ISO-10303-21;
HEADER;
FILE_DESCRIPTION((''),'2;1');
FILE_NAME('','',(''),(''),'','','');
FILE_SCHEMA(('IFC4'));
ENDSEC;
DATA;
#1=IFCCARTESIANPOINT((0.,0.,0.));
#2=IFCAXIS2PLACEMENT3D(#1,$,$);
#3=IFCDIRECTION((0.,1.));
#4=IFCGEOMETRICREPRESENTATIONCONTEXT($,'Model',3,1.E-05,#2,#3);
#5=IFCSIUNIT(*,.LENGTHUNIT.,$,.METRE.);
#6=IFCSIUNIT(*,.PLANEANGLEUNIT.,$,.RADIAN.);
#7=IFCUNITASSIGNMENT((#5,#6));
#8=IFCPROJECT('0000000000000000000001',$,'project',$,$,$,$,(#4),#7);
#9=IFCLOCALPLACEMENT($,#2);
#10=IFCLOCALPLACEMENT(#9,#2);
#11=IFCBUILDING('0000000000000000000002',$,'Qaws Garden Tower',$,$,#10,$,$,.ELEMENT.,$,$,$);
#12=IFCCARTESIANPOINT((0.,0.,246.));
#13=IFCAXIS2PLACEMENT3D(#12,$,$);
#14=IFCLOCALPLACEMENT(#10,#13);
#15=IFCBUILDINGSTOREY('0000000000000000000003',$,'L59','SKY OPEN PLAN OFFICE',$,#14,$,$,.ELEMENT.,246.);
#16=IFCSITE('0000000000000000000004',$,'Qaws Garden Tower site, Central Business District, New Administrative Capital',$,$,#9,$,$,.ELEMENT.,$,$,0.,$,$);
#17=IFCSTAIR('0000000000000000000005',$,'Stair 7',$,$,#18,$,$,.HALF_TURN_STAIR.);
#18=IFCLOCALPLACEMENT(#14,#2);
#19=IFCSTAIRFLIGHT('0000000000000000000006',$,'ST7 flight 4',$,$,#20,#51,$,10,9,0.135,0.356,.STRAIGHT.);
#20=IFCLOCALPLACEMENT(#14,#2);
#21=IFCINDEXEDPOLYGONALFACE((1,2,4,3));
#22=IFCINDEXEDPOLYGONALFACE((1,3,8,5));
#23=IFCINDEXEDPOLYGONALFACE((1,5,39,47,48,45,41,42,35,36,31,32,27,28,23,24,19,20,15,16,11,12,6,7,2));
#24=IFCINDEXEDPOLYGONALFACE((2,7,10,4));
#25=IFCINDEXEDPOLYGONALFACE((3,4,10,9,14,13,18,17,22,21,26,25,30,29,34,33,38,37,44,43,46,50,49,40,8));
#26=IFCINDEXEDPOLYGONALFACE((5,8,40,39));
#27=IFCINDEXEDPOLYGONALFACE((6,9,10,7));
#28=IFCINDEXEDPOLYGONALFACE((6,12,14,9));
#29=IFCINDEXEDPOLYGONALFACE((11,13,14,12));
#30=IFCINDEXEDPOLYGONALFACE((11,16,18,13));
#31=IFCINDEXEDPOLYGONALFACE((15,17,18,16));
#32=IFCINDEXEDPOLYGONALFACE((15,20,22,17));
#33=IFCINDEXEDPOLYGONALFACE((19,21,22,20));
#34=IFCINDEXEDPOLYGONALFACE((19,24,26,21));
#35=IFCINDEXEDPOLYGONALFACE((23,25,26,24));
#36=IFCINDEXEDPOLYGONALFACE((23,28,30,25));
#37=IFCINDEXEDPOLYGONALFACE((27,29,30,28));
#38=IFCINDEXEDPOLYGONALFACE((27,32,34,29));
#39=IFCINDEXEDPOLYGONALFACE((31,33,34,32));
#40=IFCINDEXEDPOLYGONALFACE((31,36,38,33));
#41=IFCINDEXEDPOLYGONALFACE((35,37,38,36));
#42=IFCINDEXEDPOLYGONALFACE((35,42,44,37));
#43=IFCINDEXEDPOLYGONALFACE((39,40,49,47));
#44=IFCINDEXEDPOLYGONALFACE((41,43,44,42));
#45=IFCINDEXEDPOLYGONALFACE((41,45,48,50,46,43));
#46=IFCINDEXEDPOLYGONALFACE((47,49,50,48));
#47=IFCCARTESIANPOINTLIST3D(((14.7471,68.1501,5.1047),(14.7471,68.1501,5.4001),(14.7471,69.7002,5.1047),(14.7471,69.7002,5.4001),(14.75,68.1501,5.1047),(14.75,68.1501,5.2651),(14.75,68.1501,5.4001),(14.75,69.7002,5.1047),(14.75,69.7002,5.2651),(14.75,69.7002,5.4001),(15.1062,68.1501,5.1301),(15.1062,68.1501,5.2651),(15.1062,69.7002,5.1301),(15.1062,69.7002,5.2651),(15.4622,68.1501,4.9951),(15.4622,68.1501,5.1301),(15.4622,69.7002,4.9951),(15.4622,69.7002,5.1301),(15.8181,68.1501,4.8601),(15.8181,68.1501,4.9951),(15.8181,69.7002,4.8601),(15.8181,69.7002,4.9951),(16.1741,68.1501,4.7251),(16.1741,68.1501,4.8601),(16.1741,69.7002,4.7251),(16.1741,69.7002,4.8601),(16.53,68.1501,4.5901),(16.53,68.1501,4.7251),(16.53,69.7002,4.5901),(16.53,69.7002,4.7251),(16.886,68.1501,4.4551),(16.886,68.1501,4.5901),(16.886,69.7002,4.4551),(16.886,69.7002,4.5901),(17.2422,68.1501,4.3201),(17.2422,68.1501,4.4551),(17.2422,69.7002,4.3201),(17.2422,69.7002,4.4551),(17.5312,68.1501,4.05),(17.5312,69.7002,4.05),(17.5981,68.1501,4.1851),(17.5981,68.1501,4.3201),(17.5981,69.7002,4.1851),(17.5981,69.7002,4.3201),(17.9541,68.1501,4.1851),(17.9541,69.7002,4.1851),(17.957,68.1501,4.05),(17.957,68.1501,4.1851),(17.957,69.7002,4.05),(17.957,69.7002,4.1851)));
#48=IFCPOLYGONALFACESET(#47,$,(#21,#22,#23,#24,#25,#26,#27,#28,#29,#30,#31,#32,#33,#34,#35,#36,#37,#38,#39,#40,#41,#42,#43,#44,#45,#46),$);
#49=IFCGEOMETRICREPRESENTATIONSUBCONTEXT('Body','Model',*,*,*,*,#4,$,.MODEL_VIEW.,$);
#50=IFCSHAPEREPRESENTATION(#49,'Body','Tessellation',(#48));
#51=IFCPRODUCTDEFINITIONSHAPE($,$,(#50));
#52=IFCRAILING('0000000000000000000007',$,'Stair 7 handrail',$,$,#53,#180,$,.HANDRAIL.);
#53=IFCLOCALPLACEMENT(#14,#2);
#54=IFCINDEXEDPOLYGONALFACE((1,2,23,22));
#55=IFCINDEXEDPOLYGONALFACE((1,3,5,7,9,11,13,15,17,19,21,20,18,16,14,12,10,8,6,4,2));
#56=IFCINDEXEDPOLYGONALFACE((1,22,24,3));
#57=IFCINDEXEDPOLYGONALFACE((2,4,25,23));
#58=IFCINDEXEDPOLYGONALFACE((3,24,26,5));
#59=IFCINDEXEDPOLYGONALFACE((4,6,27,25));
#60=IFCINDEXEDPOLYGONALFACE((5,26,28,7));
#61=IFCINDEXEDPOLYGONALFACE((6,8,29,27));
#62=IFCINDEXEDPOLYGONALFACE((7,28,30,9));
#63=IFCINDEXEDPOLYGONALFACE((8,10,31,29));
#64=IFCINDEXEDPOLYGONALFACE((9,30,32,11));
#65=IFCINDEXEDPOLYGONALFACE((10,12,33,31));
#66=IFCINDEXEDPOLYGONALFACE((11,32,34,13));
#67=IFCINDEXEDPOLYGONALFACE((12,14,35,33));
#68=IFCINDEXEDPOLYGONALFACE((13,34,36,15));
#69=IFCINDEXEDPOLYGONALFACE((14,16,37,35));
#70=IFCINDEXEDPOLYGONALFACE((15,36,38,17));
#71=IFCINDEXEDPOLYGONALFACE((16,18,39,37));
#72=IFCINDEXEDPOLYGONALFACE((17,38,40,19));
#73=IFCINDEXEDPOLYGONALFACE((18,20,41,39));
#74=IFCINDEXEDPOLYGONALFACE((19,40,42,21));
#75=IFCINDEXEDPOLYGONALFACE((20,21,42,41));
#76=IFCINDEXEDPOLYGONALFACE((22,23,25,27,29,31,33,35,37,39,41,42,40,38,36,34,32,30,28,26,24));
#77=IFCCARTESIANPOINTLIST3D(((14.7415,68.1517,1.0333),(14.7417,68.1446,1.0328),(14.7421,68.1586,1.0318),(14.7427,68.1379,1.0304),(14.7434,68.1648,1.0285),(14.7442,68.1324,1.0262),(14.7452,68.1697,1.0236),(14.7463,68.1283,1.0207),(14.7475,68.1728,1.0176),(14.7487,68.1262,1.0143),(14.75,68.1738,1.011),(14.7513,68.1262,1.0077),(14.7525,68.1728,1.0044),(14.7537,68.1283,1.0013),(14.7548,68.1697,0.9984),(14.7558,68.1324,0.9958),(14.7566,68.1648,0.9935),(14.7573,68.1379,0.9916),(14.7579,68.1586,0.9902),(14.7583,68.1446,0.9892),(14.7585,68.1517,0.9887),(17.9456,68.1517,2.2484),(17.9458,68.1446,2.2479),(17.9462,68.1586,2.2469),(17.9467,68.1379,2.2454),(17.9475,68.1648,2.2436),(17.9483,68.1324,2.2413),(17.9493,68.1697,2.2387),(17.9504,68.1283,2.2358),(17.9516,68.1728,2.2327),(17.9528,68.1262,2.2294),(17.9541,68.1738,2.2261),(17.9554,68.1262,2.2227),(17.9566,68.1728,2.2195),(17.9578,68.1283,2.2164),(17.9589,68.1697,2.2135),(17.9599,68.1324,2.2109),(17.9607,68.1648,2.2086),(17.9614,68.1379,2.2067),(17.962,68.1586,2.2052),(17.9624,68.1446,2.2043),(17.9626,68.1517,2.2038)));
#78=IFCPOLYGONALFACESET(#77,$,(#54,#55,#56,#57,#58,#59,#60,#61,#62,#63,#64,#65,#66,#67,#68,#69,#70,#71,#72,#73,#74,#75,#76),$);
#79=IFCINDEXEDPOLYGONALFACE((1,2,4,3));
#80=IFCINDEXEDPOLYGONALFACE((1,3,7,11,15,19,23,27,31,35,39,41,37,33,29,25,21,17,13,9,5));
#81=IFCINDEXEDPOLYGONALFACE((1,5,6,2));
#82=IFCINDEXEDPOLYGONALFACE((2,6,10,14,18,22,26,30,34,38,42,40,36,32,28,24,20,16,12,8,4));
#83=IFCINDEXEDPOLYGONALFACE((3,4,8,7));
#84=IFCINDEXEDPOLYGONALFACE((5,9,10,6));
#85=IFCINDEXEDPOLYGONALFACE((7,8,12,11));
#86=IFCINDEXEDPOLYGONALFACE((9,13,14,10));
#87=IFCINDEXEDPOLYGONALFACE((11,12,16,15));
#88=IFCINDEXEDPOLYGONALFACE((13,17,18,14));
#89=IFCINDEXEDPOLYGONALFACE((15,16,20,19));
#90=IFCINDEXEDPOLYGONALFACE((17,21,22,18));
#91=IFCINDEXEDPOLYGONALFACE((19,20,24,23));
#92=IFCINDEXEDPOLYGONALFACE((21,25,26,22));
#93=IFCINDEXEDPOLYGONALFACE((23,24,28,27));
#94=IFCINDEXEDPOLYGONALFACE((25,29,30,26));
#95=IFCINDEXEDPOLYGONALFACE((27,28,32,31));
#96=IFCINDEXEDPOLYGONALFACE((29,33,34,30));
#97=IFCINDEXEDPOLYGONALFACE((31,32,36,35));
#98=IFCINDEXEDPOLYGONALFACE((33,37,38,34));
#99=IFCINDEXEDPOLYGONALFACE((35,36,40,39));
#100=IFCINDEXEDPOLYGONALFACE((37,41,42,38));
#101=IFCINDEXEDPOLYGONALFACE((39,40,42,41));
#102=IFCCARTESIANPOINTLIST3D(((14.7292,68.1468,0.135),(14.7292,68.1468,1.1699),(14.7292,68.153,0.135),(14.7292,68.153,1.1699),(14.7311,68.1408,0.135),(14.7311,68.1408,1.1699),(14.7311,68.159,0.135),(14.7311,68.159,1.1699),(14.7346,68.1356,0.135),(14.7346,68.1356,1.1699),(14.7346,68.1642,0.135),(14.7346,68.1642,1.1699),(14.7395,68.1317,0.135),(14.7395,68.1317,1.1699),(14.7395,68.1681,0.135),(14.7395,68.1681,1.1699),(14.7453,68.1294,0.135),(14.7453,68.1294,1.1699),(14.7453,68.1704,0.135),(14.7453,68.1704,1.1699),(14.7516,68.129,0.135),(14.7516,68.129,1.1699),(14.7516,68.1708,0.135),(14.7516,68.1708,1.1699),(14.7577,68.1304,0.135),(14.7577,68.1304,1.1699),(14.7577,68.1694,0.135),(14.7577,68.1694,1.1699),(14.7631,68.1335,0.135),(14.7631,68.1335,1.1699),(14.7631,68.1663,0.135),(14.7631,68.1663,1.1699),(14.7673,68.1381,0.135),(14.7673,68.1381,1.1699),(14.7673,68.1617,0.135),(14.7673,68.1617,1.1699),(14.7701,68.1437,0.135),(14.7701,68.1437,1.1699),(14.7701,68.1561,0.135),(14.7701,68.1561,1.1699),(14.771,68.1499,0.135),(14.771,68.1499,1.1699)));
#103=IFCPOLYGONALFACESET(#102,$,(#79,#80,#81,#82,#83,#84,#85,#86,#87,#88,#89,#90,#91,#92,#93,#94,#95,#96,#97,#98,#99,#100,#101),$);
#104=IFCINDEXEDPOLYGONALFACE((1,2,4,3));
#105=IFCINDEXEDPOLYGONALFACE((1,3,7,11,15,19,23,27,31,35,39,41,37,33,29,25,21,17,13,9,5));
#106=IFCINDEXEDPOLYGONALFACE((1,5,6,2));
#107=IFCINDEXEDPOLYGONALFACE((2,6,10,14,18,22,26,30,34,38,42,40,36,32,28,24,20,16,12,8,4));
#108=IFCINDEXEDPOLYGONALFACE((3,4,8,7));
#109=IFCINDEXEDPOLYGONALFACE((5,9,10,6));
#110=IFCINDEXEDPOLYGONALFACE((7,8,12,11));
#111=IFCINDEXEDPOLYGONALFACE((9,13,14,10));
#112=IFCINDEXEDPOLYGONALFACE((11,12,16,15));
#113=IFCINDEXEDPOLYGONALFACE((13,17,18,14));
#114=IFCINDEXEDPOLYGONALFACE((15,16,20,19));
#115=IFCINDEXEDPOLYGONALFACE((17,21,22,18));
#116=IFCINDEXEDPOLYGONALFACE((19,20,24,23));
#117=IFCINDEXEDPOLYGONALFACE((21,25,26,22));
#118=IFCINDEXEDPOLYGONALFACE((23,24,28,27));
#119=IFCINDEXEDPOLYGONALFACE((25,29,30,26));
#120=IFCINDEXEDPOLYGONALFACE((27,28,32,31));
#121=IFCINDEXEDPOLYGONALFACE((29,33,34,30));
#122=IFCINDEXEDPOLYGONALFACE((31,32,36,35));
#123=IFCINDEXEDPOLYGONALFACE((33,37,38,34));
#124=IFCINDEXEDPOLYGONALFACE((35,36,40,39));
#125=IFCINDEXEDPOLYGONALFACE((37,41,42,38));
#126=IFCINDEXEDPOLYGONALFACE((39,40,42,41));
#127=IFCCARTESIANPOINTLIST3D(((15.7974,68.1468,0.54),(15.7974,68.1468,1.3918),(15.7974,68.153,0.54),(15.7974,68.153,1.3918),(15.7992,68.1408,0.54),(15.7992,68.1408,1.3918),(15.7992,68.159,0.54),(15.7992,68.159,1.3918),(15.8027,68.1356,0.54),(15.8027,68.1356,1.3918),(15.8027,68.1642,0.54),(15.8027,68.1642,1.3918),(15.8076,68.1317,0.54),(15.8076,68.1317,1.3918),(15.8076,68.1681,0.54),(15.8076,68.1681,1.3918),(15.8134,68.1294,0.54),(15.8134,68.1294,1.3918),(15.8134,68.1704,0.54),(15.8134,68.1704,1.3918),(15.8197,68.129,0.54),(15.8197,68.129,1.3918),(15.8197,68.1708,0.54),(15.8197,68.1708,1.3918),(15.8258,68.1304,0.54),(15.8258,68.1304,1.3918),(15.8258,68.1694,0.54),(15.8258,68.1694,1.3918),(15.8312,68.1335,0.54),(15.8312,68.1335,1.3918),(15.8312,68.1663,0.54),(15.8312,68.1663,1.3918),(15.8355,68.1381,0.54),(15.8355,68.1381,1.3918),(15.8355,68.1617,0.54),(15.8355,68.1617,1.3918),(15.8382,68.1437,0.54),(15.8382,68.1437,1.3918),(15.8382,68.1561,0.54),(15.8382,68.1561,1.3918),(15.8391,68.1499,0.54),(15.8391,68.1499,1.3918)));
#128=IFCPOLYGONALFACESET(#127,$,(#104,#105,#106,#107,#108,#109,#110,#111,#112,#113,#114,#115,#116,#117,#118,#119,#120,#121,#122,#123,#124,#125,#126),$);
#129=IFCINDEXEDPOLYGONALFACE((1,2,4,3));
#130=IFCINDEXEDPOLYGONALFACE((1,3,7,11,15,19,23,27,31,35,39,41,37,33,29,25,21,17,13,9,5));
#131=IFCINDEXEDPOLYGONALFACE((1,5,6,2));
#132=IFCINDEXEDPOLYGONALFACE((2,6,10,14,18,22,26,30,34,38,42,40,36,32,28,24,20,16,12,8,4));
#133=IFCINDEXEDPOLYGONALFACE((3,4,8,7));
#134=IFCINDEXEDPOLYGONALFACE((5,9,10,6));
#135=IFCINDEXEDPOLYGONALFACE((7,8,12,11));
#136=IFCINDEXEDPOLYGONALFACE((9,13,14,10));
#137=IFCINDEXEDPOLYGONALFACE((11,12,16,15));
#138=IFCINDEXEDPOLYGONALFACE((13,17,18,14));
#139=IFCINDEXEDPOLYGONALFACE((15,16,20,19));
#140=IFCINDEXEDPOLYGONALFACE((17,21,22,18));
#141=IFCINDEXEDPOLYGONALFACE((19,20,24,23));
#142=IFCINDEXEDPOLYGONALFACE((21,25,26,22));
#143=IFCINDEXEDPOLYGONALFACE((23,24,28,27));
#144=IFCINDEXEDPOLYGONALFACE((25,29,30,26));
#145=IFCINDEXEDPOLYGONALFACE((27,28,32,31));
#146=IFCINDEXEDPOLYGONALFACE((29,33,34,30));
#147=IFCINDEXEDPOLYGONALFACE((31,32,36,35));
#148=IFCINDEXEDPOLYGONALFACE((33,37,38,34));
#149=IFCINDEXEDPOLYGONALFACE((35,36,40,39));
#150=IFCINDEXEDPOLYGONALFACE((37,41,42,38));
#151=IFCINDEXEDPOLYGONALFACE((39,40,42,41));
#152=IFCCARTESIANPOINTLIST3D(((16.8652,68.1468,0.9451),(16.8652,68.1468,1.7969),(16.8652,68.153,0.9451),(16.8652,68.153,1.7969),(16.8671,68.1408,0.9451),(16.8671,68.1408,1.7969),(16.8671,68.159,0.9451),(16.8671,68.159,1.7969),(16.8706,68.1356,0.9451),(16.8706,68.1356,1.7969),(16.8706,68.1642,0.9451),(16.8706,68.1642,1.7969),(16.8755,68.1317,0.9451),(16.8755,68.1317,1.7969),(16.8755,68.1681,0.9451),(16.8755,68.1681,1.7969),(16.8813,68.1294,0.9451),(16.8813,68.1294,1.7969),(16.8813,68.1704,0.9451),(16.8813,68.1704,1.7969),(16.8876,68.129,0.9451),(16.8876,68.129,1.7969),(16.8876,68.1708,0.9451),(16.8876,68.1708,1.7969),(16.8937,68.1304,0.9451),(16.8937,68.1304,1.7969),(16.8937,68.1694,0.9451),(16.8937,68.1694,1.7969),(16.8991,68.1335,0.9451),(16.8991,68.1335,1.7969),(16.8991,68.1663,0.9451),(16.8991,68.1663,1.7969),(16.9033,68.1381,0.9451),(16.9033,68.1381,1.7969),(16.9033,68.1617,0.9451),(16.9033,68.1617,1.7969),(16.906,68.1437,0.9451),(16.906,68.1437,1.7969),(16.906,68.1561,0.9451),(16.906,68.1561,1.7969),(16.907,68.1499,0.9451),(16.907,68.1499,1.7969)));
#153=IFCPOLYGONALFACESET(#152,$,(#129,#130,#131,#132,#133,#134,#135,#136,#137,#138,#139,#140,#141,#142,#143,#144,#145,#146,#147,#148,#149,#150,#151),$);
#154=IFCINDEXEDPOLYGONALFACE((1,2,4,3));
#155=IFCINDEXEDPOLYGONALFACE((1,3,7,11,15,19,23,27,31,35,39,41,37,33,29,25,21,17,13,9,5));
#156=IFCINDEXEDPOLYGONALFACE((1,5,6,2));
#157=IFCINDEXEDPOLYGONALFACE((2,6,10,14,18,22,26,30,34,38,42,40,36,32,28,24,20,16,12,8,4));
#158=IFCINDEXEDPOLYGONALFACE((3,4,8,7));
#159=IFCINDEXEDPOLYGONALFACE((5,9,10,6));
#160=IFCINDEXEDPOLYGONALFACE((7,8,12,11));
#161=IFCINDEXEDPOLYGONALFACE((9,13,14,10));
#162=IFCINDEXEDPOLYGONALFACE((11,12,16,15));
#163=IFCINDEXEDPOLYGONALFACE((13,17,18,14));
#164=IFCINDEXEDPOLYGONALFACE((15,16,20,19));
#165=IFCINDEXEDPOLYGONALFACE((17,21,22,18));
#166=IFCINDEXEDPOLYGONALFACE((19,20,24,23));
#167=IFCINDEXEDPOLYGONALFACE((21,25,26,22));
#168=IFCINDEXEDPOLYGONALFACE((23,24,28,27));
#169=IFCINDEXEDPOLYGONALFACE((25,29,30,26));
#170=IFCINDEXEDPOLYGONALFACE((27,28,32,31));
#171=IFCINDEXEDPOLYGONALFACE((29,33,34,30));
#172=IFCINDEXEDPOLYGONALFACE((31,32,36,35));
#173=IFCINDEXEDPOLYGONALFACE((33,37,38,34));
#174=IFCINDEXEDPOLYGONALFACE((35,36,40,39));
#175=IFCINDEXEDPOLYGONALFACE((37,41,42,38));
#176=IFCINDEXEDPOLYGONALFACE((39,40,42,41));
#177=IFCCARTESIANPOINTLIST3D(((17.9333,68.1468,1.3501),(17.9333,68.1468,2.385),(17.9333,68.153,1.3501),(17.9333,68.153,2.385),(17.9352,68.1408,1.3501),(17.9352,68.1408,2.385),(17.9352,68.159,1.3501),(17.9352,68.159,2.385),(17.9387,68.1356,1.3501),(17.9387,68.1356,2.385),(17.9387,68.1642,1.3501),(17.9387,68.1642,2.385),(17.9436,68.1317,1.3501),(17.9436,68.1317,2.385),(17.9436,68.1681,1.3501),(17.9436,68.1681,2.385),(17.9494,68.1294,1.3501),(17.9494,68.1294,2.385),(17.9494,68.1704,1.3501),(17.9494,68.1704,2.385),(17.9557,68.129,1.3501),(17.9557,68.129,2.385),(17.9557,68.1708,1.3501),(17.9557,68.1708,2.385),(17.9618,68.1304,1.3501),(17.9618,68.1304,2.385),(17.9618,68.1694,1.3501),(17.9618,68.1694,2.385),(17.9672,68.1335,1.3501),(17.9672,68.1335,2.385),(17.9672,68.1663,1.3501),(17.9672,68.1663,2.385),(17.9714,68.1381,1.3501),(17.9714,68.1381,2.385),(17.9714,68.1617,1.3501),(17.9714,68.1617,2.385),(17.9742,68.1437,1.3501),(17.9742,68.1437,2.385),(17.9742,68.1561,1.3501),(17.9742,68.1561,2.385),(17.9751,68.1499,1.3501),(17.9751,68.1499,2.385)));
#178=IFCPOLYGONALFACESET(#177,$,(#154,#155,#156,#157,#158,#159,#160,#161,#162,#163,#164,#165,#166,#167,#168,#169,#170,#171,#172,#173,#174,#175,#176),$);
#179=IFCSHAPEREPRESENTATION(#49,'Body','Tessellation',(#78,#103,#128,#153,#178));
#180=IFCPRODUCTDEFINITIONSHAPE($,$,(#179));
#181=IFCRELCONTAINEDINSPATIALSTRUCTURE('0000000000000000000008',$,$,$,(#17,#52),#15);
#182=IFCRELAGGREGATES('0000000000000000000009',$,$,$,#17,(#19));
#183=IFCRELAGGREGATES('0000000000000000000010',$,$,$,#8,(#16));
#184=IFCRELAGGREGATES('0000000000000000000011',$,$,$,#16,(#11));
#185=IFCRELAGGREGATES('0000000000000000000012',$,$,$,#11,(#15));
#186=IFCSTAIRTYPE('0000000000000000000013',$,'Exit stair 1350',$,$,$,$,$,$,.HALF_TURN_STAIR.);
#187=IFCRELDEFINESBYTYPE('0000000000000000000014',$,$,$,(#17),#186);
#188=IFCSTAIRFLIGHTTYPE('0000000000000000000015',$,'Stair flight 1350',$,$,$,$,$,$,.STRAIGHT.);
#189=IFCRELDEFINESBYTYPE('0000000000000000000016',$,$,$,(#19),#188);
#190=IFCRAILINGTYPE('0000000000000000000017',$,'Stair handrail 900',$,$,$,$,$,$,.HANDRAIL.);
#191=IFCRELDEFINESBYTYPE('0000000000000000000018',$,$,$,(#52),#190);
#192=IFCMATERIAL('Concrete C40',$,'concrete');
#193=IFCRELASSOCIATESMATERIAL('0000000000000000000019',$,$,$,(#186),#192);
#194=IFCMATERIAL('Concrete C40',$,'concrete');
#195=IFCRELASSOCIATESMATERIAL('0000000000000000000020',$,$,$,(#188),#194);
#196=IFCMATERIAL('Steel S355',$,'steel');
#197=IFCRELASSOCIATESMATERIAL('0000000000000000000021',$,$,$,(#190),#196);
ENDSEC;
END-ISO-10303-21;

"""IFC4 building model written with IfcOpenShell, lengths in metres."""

from ifc_helpers import new_model, si_unit, direction, frame, origin, origin_2d, place, context, subcontext, project, spatial, polyline, circle, outline, extrude, material, type_object, element, aggregate, save


model = new_model("IFC4")

# Units and contexts
model_context = context("Model", 3, precision=1e-05, world=origin(), true_north=direction((0.0, 1.0)))
body_context = subcontext(model_context, "Body", "Model", "MODEL_VIEW")
ifc_project = project(units=[si_unit("LENGTHUNIT", "METRE"), si_unit("PLANEANGLEUNIT", "RADIAN")], contexts=[model_context])

# Site, building, storey
site_placement = place(None, origin())
site = spatial("IfcSite", under=ifc_project, at=site_placement, Name="Qaws Garden Tower site, Central Business District, New Administrative Capital", CompositionType="ELEMENT", RefElevation=0.0)
building_placement = place(site_placement, origin())
building = spatial("IfcBuilding", under=site, at=building_placement, Name="Qaws Garden Tower", CompositionType="ELEMENT")
storey_placement = place(building_placement, frame((0.0, 0.0, 246.0)))
storey = spatial("IfcBuildingStorey", under=building, at=storey_placement, Name="L59", Description="SKY OPEN PLAN OFFICE", CompositionType="ELEMENT", Elevation=246.0)

# Stair, stair flight
ifc_material_1 = material(Name="Concrete C40", Category="concrete")
stair_type = type_object("IfcStairType", Name="Exit stair 1350", PredefinedType="HALF_TURN_STAIR", material=ifc_material_1)
stair_placement = place(storey_placement, origin())
stair = element("IfcStair", 1, at=stair_placement, inside=storey, type_object=stair_type, Name="Stair 7", PredefinedType="HALF_TURN_STAIR")
ifc_material_2 = material(Name="Concrete C40", Category="concrete")
stair_flight_type = type_object("IfcStairFlightType", Name="Stair flight 1350", PredefinedType="STRAIGHT", material=ifc_material_2)
stair_flight_1_placement = place(storey_placement, frame((17.9541, 68.925, 4.05), z_axis=(0.0, 0.0, 1.0), x_axis=(-1.0, 0.0, 0.0)))
stair_flight_1 = element("IfcStairFlight", 2, at=stair_flight_1_placement, type_object=stair_flight_type, Name="ST7 flight 4", NumberOfRisers=10, NumberOfTreads=9, PredefinedType="STRAIGHT", RiserHeight=0.135, TreadLength=0.356, context=body_context, shape_type="SweptSolid", body=[
    extrude(outline(polyline([(-0.0029, 0.0), (-0.0029, 0.135), (0.0, 0.135), (0.356, 0.135), (0.356, 0.27), (0.7119, 0.27), (0.7119, 0.405), (1.0681, 0.405), (1.0681, 0.54), (1.4241, 0.54), (1.4241, 0.675), (1.78, 0.675), (1.78, 0.8101), (2.136, 0.8101), (2.136, 0.9451), (2.4919, 0.9451), (2.4919, 1.0801), (2.8479, 1.0801), (2.8479, 1.2151), (3.2041, 1.2151), (3.2041, 1.3501), (3.207, 1.3501), (3.207, 1.0547), (3.2041, 1.0547), (0.4229, 0.0), (-0.0029, 0.0)])), frame((0.0, 0.7749, 0.0), z_axis=(0.0, -1.0, 0.0), x_axis=(1.0, 0.0, 0.0)), (0.0, 0.0, 1.0), 1.55),
])
aggregate(stair, [stair_flight_1])

# Railing
ifc_material_3 = material(Name="Steel S355", Category="steel")
railing_type = type_object("IfcRailingType", Name="Stair handrail 900", PredefinedType="HANDRAIL", material=ifc_material_3)
railing_1_placement = place(storey_placement, frame((14.75, 68.1499, 0.135)))
element("IfcRailing", 3, at=railing_1_placement, inside=storey, type_object=railing_type, Name="Stair 7 handrail", PredefinedType="HANDRAIL", context=body_context, shape_type="SweptSolid", body=[
    extrude(circle(Radius=0.0239, at=origin_2d()), frame((0.0, 0.0, 0.876), z_axis=(0.935023, 0.0, 0.354588), x_axis=(0.0, 1.0, 0.0)), (0.0, 0.0, 1.0), 3.4268),
    extrude(circle(Radius=0.021, at=origin_2d()), origin(), (0.0, 0.0, 1.0), 1.0349),
    extrude(circle(Radius=0.021, at=origin_2d()), frame((1.0681, 0.0, 0.405)), (0.0, 0.0, 1.0), 0.8518),
    extrude(circle(Radius=0.021, at=origin_2d()), frame((2.136, 0.0, 0.8101)), (0.0, 0.0, 1.0), 0.8518),
    extrude(circle(Radius=0.021, at=origin_2d()), frame((3.2041, 0.0, 1.2151)), (0.0, 0.0, 1.0), 1.0349),
])

save(model, "model.ifc")
